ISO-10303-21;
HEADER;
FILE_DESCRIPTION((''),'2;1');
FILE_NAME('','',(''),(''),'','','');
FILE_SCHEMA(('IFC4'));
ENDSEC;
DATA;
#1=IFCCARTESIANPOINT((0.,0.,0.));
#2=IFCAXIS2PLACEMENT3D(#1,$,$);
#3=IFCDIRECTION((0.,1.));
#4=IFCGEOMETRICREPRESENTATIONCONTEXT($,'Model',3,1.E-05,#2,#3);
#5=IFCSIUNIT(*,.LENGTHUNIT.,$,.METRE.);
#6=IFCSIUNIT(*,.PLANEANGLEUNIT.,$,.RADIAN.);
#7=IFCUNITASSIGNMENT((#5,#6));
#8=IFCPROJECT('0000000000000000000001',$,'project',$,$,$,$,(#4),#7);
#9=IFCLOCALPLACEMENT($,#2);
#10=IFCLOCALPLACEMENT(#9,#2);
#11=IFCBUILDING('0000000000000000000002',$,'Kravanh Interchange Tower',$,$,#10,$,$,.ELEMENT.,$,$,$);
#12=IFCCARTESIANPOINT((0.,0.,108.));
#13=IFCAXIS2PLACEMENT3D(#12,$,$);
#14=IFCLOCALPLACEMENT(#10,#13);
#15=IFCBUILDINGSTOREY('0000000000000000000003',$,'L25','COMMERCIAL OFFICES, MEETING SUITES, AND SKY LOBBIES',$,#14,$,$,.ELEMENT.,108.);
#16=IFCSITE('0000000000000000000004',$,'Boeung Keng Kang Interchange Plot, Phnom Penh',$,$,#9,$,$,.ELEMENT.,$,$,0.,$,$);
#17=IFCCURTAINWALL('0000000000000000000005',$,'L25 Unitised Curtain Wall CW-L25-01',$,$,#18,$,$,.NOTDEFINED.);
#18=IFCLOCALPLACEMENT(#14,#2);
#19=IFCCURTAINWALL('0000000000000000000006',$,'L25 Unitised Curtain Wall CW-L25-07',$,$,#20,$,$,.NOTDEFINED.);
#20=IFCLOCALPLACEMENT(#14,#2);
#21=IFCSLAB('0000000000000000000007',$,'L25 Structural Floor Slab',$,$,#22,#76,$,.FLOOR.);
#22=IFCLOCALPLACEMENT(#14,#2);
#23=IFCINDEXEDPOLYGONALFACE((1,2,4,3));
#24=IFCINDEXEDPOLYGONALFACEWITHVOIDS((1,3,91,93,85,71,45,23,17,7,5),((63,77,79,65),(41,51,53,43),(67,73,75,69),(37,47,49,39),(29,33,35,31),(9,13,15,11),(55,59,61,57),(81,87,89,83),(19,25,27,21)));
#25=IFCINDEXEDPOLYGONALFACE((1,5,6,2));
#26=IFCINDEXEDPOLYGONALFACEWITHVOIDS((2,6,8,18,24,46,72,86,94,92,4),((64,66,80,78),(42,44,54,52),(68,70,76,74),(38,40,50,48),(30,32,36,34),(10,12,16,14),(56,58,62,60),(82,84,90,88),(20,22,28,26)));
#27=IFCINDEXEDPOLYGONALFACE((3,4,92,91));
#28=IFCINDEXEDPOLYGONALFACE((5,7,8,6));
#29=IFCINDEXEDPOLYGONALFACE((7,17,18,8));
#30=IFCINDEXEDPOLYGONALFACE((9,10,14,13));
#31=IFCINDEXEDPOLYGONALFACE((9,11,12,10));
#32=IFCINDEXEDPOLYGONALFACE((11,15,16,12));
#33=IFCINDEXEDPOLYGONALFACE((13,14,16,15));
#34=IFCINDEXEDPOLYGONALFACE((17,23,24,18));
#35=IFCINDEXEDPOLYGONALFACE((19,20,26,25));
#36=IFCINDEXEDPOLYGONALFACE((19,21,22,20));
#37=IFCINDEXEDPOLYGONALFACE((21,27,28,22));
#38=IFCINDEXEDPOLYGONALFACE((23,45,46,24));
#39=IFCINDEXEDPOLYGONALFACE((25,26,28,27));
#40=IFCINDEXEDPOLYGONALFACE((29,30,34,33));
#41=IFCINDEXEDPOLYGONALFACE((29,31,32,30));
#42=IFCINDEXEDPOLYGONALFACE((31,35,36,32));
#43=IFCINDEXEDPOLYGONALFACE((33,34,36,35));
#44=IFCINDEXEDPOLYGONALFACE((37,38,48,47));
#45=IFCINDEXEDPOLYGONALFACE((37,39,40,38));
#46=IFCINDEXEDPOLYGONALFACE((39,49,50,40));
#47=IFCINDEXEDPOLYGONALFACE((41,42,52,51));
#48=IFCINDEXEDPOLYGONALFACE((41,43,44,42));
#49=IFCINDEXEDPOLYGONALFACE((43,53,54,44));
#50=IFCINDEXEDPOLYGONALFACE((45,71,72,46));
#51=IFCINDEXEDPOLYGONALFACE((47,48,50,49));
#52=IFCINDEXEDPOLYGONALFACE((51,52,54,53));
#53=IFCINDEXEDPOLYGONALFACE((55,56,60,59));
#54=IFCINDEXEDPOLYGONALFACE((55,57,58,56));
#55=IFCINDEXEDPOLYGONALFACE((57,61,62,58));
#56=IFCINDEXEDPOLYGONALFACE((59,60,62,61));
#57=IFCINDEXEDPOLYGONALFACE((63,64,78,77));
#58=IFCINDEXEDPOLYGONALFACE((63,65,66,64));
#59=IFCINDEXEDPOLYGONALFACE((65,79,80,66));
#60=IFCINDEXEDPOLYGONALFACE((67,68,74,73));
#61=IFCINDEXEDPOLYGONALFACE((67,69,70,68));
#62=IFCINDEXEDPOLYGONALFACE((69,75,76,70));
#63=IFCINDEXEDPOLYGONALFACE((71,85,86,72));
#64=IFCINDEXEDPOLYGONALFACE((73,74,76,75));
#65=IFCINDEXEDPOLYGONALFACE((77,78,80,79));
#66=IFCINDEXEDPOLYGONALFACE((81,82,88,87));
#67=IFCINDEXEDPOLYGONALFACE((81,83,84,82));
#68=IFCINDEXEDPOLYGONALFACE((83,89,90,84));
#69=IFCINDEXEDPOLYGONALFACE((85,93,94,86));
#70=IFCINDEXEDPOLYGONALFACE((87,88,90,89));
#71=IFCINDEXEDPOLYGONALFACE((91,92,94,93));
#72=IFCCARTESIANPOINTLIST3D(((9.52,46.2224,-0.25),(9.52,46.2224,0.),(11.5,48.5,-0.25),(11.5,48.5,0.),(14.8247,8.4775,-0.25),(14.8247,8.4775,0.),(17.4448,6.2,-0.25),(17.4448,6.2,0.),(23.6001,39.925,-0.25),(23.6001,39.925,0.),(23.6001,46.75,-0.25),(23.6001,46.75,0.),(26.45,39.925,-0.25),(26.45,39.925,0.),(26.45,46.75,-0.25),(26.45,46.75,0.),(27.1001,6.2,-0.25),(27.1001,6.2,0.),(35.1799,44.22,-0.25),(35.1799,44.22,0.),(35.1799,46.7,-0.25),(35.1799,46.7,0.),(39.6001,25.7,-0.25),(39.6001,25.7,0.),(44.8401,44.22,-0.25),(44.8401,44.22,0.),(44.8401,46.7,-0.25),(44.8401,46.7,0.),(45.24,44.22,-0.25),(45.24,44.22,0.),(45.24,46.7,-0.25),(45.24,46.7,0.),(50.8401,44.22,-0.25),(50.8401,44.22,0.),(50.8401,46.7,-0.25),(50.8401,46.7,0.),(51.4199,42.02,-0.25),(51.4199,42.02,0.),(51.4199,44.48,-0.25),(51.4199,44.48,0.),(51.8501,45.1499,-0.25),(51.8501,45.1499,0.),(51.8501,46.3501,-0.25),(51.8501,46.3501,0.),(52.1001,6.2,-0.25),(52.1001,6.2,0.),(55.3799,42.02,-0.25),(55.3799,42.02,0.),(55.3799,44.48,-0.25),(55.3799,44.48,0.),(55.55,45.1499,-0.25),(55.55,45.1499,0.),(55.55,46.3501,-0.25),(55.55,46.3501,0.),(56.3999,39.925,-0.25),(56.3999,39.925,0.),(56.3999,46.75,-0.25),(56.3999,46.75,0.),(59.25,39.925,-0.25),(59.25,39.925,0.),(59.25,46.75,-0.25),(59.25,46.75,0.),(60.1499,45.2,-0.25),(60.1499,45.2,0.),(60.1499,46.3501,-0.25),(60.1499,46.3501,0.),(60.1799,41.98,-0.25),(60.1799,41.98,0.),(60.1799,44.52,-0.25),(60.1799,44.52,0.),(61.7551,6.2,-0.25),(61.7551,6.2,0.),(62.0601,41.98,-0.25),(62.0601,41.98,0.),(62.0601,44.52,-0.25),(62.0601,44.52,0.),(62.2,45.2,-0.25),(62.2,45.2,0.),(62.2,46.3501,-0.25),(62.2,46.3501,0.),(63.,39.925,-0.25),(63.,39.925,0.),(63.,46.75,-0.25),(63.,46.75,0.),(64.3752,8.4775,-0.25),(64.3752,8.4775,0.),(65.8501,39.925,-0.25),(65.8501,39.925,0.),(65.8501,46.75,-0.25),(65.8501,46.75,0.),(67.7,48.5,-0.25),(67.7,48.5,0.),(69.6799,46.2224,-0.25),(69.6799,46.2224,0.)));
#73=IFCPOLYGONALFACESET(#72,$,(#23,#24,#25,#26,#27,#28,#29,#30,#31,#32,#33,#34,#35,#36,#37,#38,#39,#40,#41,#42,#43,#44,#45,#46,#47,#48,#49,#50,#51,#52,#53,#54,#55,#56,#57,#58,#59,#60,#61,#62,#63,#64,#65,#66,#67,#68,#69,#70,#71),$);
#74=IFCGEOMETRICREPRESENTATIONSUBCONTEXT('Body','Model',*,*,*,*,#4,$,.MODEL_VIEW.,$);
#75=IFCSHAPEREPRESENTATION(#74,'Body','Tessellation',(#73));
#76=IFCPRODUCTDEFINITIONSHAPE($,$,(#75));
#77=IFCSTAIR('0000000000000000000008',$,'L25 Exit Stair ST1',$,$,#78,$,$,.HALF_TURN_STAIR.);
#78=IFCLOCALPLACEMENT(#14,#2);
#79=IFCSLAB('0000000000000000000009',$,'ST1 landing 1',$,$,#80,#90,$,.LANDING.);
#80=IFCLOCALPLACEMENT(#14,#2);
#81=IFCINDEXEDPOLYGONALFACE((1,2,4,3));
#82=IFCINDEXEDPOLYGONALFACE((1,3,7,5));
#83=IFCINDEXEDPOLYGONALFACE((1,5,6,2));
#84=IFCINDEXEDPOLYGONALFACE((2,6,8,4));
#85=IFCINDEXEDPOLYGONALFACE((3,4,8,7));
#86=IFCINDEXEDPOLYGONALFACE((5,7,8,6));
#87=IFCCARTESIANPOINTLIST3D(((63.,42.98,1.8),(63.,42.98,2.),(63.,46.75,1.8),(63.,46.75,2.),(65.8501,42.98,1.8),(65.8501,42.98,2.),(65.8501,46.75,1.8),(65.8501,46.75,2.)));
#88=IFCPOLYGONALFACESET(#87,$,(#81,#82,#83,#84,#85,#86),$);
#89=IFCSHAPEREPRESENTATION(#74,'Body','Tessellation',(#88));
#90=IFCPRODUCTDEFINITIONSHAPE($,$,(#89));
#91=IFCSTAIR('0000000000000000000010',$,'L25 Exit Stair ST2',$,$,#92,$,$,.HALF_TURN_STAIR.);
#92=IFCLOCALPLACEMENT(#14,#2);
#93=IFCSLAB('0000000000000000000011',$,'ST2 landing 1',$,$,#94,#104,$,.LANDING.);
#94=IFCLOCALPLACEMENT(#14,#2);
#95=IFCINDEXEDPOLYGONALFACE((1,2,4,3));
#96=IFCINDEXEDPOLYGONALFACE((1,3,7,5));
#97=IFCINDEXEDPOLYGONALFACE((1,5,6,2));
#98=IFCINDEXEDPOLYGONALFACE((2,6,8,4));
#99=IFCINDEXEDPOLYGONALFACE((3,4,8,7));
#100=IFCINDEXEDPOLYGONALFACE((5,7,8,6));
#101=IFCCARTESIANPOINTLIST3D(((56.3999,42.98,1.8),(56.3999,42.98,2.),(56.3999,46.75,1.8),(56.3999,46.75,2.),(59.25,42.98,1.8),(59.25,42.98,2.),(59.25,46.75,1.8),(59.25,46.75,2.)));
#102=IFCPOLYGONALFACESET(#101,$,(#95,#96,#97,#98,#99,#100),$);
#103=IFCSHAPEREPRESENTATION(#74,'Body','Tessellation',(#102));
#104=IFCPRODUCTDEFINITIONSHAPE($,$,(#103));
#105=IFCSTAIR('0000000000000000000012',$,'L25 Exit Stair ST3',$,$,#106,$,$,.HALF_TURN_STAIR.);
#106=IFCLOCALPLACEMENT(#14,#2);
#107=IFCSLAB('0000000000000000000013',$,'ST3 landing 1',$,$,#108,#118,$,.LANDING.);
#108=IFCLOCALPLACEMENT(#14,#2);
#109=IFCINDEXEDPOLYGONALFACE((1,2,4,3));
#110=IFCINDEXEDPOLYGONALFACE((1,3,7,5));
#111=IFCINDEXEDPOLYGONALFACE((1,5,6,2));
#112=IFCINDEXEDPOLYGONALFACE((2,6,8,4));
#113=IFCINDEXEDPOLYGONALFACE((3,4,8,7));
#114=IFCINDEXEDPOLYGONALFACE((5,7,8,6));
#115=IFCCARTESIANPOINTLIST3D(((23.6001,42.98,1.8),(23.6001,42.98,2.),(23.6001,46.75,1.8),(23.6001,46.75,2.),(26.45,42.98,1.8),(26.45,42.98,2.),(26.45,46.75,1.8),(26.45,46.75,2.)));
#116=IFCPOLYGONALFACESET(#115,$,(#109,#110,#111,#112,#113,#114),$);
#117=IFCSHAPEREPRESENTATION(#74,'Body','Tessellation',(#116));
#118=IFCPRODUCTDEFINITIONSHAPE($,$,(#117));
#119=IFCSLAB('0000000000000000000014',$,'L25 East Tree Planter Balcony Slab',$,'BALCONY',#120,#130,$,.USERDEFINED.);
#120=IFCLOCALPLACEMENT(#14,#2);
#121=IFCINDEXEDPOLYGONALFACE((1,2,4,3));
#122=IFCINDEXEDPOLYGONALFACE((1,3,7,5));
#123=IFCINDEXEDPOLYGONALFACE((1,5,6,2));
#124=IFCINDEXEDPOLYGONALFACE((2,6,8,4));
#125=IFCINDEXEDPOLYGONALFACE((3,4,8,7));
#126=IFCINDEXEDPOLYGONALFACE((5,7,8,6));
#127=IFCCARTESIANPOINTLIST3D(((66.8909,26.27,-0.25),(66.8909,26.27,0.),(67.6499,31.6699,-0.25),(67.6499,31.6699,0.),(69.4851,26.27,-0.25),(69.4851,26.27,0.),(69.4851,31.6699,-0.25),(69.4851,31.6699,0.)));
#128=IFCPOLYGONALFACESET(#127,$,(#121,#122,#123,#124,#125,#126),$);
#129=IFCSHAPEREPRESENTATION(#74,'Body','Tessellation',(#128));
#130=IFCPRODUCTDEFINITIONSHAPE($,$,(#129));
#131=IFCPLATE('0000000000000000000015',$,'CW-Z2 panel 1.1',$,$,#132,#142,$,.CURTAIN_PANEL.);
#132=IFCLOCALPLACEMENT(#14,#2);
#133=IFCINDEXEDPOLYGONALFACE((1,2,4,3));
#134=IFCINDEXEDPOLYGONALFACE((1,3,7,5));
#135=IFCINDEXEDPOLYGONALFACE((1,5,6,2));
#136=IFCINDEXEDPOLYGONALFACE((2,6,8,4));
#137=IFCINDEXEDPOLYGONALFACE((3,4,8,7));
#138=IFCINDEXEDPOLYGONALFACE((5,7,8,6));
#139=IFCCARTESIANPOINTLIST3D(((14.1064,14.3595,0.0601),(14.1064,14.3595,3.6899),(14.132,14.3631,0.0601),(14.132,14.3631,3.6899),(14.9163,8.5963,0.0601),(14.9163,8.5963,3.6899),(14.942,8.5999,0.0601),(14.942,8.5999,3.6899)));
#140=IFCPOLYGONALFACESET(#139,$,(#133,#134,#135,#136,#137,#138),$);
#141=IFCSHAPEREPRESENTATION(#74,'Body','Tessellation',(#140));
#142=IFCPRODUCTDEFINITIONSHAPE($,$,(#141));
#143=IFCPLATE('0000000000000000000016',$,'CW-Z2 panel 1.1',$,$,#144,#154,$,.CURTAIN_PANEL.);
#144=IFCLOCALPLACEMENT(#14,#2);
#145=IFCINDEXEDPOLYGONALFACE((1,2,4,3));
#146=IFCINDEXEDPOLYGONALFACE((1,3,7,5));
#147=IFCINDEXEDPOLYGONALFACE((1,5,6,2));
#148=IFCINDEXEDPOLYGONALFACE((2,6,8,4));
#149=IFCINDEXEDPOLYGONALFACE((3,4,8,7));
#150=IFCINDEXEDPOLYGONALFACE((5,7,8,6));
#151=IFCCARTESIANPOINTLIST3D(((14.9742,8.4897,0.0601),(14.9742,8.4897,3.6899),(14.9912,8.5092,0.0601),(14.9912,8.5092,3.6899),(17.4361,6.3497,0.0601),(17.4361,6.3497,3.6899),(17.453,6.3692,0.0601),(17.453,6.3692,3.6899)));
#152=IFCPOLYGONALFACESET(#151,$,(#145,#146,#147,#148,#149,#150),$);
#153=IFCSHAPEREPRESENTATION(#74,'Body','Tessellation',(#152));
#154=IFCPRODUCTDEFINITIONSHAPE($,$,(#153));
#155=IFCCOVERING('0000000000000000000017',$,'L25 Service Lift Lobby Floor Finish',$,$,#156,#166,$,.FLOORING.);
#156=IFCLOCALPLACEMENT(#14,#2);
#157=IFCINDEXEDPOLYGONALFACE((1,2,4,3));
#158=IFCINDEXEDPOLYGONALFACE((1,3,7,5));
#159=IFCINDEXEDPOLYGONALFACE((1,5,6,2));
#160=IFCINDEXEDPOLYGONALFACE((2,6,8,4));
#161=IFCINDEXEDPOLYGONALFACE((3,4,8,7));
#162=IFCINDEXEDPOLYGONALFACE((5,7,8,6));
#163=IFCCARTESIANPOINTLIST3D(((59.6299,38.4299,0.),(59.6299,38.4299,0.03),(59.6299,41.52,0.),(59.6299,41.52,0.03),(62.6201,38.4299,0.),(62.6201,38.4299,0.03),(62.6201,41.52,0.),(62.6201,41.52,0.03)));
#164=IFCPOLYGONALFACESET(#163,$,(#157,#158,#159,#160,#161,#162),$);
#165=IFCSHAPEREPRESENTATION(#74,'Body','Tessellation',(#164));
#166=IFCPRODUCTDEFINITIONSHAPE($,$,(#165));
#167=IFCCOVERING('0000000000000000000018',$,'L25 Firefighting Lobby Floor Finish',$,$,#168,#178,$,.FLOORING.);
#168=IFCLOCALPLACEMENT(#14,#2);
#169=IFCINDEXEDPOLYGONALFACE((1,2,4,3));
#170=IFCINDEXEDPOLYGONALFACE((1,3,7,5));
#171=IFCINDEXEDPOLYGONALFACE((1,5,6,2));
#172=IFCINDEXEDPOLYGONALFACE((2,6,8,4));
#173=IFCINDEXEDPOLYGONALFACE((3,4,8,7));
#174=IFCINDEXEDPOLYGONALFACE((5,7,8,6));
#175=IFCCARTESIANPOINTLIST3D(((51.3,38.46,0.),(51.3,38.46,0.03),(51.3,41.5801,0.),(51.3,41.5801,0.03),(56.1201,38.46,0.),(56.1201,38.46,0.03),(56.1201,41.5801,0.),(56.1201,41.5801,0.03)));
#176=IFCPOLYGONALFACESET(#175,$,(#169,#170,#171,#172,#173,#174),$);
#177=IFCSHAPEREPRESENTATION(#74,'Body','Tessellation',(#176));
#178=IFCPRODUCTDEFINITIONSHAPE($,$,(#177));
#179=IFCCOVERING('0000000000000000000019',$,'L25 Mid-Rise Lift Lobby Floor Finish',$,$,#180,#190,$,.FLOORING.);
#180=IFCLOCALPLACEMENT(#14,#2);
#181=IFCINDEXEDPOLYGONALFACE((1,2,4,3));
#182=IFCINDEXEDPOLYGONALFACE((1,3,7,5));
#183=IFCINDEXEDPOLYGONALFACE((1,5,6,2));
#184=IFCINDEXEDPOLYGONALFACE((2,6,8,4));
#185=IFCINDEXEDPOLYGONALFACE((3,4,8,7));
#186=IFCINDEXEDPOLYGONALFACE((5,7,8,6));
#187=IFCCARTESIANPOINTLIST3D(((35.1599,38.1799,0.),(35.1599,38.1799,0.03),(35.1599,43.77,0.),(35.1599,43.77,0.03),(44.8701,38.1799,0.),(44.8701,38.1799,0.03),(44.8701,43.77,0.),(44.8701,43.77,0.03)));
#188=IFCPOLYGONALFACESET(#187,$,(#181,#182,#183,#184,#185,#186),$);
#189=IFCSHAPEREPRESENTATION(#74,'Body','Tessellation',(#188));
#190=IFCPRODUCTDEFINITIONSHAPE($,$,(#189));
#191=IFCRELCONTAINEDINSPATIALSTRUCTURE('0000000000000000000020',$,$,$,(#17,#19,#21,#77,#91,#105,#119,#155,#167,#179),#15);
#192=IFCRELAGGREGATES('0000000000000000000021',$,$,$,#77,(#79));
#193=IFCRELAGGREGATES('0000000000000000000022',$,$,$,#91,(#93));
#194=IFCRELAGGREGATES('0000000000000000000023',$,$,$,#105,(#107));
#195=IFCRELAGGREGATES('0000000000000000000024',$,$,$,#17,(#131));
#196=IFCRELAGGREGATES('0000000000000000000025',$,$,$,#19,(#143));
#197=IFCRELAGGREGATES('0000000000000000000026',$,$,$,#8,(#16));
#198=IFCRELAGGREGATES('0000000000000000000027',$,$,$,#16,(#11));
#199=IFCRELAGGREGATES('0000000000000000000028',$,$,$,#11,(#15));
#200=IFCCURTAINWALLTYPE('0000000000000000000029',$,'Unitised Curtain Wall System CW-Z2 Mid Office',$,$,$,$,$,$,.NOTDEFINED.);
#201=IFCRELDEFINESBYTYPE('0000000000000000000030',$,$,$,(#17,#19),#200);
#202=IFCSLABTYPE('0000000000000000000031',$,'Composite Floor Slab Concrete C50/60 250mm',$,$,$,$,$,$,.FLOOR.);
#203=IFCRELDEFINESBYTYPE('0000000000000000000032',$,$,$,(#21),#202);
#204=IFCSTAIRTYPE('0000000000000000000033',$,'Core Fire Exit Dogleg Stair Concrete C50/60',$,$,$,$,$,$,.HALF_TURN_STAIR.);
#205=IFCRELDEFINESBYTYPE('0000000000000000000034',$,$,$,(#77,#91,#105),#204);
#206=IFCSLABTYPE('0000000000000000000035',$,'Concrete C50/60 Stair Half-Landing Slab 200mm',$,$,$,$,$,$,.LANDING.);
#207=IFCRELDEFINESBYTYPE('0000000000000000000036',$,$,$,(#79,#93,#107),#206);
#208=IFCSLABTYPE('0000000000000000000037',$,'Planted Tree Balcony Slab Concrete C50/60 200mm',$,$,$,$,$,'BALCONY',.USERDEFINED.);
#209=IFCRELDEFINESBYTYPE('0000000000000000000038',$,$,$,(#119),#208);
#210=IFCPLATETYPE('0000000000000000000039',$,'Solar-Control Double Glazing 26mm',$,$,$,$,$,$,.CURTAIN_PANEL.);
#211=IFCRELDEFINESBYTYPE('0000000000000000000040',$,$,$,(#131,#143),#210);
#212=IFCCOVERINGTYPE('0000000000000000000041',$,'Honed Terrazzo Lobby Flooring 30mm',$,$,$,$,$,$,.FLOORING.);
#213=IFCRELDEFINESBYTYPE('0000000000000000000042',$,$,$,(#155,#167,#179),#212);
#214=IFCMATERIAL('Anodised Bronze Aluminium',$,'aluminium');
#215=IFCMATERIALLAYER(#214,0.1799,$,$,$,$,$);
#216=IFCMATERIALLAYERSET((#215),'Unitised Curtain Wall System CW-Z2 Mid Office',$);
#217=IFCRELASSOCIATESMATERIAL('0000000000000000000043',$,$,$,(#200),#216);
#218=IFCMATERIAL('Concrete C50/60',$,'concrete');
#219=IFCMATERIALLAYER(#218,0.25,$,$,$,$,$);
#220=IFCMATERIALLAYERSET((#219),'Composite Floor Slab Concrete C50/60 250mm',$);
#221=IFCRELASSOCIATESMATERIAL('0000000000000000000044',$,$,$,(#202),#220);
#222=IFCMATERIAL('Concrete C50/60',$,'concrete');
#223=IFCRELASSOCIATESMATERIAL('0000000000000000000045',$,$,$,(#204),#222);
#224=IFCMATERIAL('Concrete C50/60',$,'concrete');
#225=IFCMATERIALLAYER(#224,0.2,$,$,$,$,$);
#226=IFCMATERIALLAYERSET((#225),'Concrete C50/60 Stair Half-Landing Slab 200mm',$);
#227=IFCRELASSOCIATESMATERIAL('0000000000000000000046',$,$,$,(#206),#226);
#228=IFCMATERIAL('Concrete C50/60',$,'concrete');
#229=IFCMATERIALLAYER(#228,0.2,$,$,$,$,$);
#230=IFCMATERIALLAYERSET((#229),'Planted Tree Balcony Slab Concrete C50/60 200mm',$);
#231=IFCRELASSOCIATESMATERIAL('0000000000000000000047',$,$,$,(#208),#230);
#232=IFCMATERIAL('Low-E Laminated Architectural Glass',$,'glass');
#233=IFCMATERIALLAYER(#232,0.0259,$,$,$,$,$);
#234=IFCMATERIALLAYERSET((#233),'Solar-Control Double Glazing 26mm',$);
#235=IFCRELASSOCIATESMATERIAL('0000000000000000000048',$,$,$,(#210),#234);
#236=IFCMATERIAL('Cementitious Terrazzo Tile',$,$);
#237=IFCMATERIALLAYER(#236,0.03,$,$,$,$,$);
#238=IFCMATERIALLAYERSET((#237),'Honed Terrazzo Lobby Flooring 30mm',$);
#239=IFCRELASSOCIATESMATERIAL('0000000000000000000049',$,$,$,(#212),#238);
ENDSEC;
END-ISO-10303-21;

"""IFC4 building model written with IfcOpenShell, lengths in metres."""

from ifc_helpers import new_model, si_unit, direction, frame, origin, origin_2d, place, context, subcontext, project, spatial, polyline, rectangle, outline, extrude, material, layer, layer_set, type_object, element, aggregate, save


model = new_model("IFC4")

# Units and contexts
model_context = context("Model", 3, precision=1e-05, world=origin(), true_north=direction((0.0, 1.0)))
body_context = subcontext(model_context, "Body", "Model", "MODEL_VIEW")
ifc_project = project(units=[si_unit("LENGTHUNIT", "METRE"), si_unit("PLANEANGLEUNIT", "RADIAN")], contexts=[model_context])

# Site, building, storey
site_placement = place(None, origin())
site = spatial("IfcSite", under=ifc_project, at=site_placement, Name="Boeung Keng Kang Interchange Plot, Phnom Penh", CompositionType="ELEMENT", RefElevation=0.0)
building_placement = place(site_placement, origin())
building = spatial("IfcBuilding", under=site, at=building_placement, Name="Kravanh Interchange Tower", CompositionType="ELEMENT")
storey_placement = place(building_placement, frame((0.0, 0.0, 108.0)))
storey = spatial("IfcBuildingStorey", under=building, at=storey_placement, Name="L25", Description="COMMERCIAL OFFICES, MEETING SUITES, AND SKY LOBBIES", CompositionType="ELEMENT", Elevation=108.0)

# Curtain walls
ifc_material_1 = material(Name="Anodised Bronze Aluminium", Category="aluminium")
ifc_layer_1 = layer(ifc_material_1, 0.1799)
ifc_layer_set_1 = layer_set([ifc_layer_1], Name="Unitised Curtain Wall System CW-Z2 Mid Office")
curtain_wall_type = type_object("IfcCurtainWallType", Name="Unitised Curtain Wall System CW-Z2 Mid Office", PredefinedType="NOTDEFINED", material=ifc_layer_set_1)
curtain_wall_1_placement = place(storey_placement, origin())
curtain_wall_1 = element("IfcCurtainWall", 1, at=curtain_wall_1_placement, inside=storey, type_object=curtain_wall_type, Name="L25 Unitised Curtain Wall CW-L25-01", PredefinedType="NOTDEFINED")
curtain_wall_2_placement = place(storey_placement, origin())
curtain_wall_2 = element("IfcCurtainWall", 2, at=curtain_wall_2_placement, inside=storey, type_object=curtain_wall_type, Name="L25 Unitised Curtain Wall CW-L25-07", PredefinedType="NOTDEFINED")

# Slab
ifc_material_2 = material(Name="Concrete C50/60", Category="concrete")
ifc_layer_2 = layer(ifc_material_2, 0.25)
ifc_layer_set_2 = layer_set([ifc_layer_2], Name="Composite Floor Slab Concrete C50/60 250mm")
slab_type_1 = type_object("IfcSlabType", Name="Composite Floor Slab Concrete C50/60 250mm", PredefinedType="FLOOR", material=ifc_layer_set_2)
slab_1_placement = place(storey_placement, frame((0.0, 0.0, -0.25)))
element("IfcSlab", 3, at=slab_1_placement, inside=storey, type_object=slab_type_1, Name="L25 Structural Floor Slab", PredefinedType="FLOOR", context=body_context, shape_type="SweptSolid", body=[
    extrude(outline(polyline([(14.8247, 8.4775), (17.4448, 6.2), (27.1001, 6.2), (39.6001, 25.7), (52.1001, 6.2), (61.7551, 6.2), (64.3752, 8.4775), (69.6799, 46.2224), (67.7, 48.5), (11.5, 48.5), (9.52, 46.2224), (14.8247, 8.4775)]), holes=[polyline([(65.8501, 39.925), (65.8501, 46.75), (63.0, 46.75), (63.0, 39.925), (65.8501, 39.925)]), polyline([(59.25, 39.925), (59.25, 46.75), (56.3999, 46.75), (56.3999, 39.925), (59.25, 39.925)]), polyline([(26.45, 39.925), (26.45, 46.75), (23.6001, 46.75), (23.6001, 39.925), (26.45, 39.925)]), polyline([(35.1799, 44.22), (44.8401, 44.22), (44.8401, 46.7), (35.1799, 46.7), (35.1799, 44.22)]), polyline([(45.24, 44.22), (50.8401, 44.22), (50.8401, 46.7), (45.24, 46.7), (45.24, 44.22)]), polyline([(51.4199, 42.02), (55.3799, 42.02), (55.3799, 44.48), (51.4199, 44.48), (51.4199, 42.02)]), polyline([(60.1799, 41.98), (62.0601, 41.98), (62.0601, 44.52), (60.1799, 44.52), (60.1799, 41.98)]), polyline([(60.1499, 45.2), (62.2, 45.2), (62.2, 46.3501), (60.1499, 46.3501), (60.1499, 45.2)]), polyline([(51.8501, 45.1499), (55.55, 45.1499), (55.55, 46.3501), (51.8501, 46.3501), (51.8501, 45.1499)])]), origin(), (0.0, 0.0, 1.0), 0.25),
])

# Stairs, slabs
ifc_material_3 = material(Name="Concrete C50/60", Category="concrete")
stair_type = type_object("IfcStairType", Name="Core Fire Exit Dogleg Stair Concrete C50/60", PredefinedType="HALF_TURN_STAIR", material=ifc_material_3)
stair_1_placement = place(storey_placement, origin())
stair_1 = element("IfcStair", 4, at=stair_1_placement, inside=storey, type_object=stair_type, Name="L25 Exit Stair ST1", PredefinedType="HALF_TURN_STAIR")
ifc_material_4 = material(Name="Concrete C50/60", Category="concrete")
ifc_layer_3 = layer(ifc_material_4, 0.2)
ifc_layer_set_3 = layer_set([ifc_layer_3], Name="Concrete C50/60 Stair Half-Landing Slab 200mm")
slab_type_2 = type_object("IfcSlabType", Name="Concrete C50/60 Stair Half-Landing Slab 200mm", PredefinedType="LANDING", material=ifc_layer_set_3)
slab_2_placement = place(storey_placement, frame((0.0, 0.0, 1.8)))
slab_2 = element("IfcSlab", 5, at=slab_2_placement, type_object=slab_type_2, Name="ST1 landing 1", PredefinedType="LANDING", context=body_context, shape_type="SweptSolid", body=[
    extrude(outline(polyline([(65.8501, 42.98), (65.8501, 46.75), (63.0, 46.75), (63.0, 42.98), (65.8501, 42.98)])), origin(), (0.0, 0.0, 1.0), 0.2),
])
aggregate(stair_1, [slab_2])
stair_2_placement = place(storey_placement, origin())
stair_2 = element("IfcStair", 6, at=stair_2_placement, inside=storey, type_object=stair_type, Name="L25 Exit Stair ST2", PredefinedType="HALF_TURN_STAIR")
slab_3_placement = place(storey_placement, frame((0.0, 0.0, 1.8)))
slab_3 = element("IfcSlab", 7, at=slab_3_placement, type_object=slab_type_2, Name="ST2 landing 1", PredefinedType="LANDING", context=body_context, shape_type="SweptSolid", body=[
    extrude(outline(polyline([(59.25, 42.98), (59.25, 46.75), (56.3999, 46.75), (56.3999, 42.98), (59.25, 42.98)])), origin(), (0.0, 0.0, 1.0), 0.2),
])
aggregate(stair_2, [slab_3])
stair_3_placement = place(storey_placement, origin())
stair_3 = element("IfcStair", 8, at=stair_3_placement, inside=storey, type_object=stair_type, Name="L25 Exit Stair ST3", PredefinedType="HALF_TURN_STAIR")
slab_4_placement = place(storey_placement, frame((0.0, 0.0, 1.8)))
slab_4 = element("IfcSlab", 9, at=slab_4_placement, type_object=slab_type_2, Name="ST3 landing 1", PredefinedType="LANDING", context=body_context, shape_type="SweptSolid", body=[
    extrude(outline(polyline([(26.45, 42.98), (26.45, 46.75), (23.6001, 46.75), (23.6001, 42.98), (26.45, 42.98)])), origin(), (0.0, 0.0, 1.0), 0.2),
])
aggregate(stair_3, [slab_4])

# Slab
ifc_material_5 = material(Name="Concrete C50/60", Category="concrete")
ifc_layer_4 = layer(ifc_material_5, 0.2)
ifc_layer_set_4 = layer_set([ifc_layer_4], Name="Planted Tree Balcony Slab Concrete C50/60 200mm")
slab_type_3 = type_object("IfcSlabType", Name="Planted Tree Balcony Slab Concrete C50/60 200mm", ElementType="BALCONY", PredefinedType="USERDEFINED", material=ifc_layer_set_4)
slab_5_placement = place(storey_placement, frame((0.0, 0.0, -0.25)))
element("IfcSlab", 10, at=slab_5_placement, inside=storey, type_object=slab_type_3, Name="L25 East Tree Planter Balcony Slab", ObjectType="BALCONY", PredefinedType="USERDEFINED", context=body_context, shape_type="SweptSolid", body=[
    extrude(outline(polyline([(69.4851, 31.6699), (69.4851, 26.27), (66.8909, 26.27), (67.6499, 31.6699), (69.4851, 31.6699)])), origin(), (0.0, 0.0, 1.0), 0.25),
])

# Plates
ifc_material_6 = material(Name="Low-E Laminated Architectural Glass", Category="glass")
ifc_layer_5 = layer(ifc_material_6, 0.0259)
ifc_layer_set_5 = layer_set([ifc_layer_5], Name="Solar-Control Double Glazing 26mm")
plate_type = type_object("IfcPlateType", Name="Solar-Control Double Glazing 26mm", PredefinedType="CURTAIN_PANEL", material=ifc_layer_set_5)
plate_1_placement = place(storey_placement, frame((14.5242, 11.4797, 0.0601), z_axis=(0.0, 0.0, 1.0), x_axis=(-0.139173, 0.990268, 0.0)))
plate_1 = element("IfcPlate", 11, at=plate_1_placement, type_object=plate_type, Name="CW-Z2 panel 1.1", PredefinedType="CURTAIN_PANEL", context=body_context, shape_type="SweptSolid", body=[
    extrude(rectangle(XDim=5.8198, YDim=0.0259, at=origin_2d()), origin(), (0.0, 0.0, 1.0), 3.6299),
])
aggregate(curtain_wall_1, [plate_1])
plate_2_placement = place(storey_placement, frame((16.2136, 7.4294, 0.0601), z_axis=(0.0, 0.0, 1.0), x_axis=(-0.754719, 0.656048, 0.0)))
plate_2 = element("IfcPlate", 12, at=plate_2_placement, type_object=plate_type, Name="CW-Z2 panel 1.1", PredefinedType="CURTAIN_PANEL", context=body_context, shape_type="SweptSolid", body=[
    extrude(rectangle(XDim=3.262, YDim=0.0259, at=origin_2d()), origin(), (0.0, 0.0, 1.0), 3.6299),
])
aggregate(curtain_wall_2, [plate_2])

# Coverings
ifc_material_7 = material(Name="Cementitious Terrazzo Tile")
ifc_layer_6 = layer(ifc_material_7, 0.03)
ifc_layer_set_6 = layer_set([ifc_layer_6], Name="Honed Terrazzo Lobby Flooring 30mm")
covering_type_1 = type_object("IfcCoveringType", Name="Honed Terrazzo Lobby Flooring 30mm", PredefinedType="FLOORING", material=ifc_layer_set_6)
covering_1_placement = place(storey_placement, origin())
element("IfcCovering", 13, at=covering_1_placement, inside=storey, type_object=covering_type_1, Name="L25 Service Lift Lobby Floor Finish", PredefinedType="FLOORING", context=body_context, shape_type="SweptSolid", body=[
    extrude(outline(polyline([(59.6299, 41.52), (62.6201, 41.52), (62.6201, 38.4299), (59.6299, 38.4299), (59.6299, 41.52)])), origin(), (0.0, 0.0, 1.0), 0.03),
])
covering_2_placement = place(storey_placement, origin())
element("IfcCovering", 14, at=covering_2_placement, inside=storey, type_object=covering_type_1, Name="L25 Firefighting Lobby Floor Finish", PredefinedType="FLOORING", context=body_context, shape_type="SweptSolid", body=[
    extrude(outline(polyline([(56.1201, 38.46), (51.3, 38.46), (51.3, 41.5801), (56.1201, 41.5801), (56.1201, 38.46)])), origin(), (0.0, 0.0, 1.0), 0.03),
])
covering_3_placement = place(storey_placement, origin())
element("IfcCovering", 15, at=covering_3_placement, inside=storey, type_object=covering_type_1, Name="L25 Mid-Rise Lift Lobby Floor Finish", PredefinedType="FLOORING", context=body_context, shape_type="SweptSolid", body=[
    extrude(outline(polyline([(35.1599, 43.77), (44.8701, 43.77), (44.8701, 38.1799), (35.1599, 38.1799), (35.1599, 43.77)])), origin(), (0.0, 0.0, 1.0), 0.03),
])

save(model, "model.ifc")
